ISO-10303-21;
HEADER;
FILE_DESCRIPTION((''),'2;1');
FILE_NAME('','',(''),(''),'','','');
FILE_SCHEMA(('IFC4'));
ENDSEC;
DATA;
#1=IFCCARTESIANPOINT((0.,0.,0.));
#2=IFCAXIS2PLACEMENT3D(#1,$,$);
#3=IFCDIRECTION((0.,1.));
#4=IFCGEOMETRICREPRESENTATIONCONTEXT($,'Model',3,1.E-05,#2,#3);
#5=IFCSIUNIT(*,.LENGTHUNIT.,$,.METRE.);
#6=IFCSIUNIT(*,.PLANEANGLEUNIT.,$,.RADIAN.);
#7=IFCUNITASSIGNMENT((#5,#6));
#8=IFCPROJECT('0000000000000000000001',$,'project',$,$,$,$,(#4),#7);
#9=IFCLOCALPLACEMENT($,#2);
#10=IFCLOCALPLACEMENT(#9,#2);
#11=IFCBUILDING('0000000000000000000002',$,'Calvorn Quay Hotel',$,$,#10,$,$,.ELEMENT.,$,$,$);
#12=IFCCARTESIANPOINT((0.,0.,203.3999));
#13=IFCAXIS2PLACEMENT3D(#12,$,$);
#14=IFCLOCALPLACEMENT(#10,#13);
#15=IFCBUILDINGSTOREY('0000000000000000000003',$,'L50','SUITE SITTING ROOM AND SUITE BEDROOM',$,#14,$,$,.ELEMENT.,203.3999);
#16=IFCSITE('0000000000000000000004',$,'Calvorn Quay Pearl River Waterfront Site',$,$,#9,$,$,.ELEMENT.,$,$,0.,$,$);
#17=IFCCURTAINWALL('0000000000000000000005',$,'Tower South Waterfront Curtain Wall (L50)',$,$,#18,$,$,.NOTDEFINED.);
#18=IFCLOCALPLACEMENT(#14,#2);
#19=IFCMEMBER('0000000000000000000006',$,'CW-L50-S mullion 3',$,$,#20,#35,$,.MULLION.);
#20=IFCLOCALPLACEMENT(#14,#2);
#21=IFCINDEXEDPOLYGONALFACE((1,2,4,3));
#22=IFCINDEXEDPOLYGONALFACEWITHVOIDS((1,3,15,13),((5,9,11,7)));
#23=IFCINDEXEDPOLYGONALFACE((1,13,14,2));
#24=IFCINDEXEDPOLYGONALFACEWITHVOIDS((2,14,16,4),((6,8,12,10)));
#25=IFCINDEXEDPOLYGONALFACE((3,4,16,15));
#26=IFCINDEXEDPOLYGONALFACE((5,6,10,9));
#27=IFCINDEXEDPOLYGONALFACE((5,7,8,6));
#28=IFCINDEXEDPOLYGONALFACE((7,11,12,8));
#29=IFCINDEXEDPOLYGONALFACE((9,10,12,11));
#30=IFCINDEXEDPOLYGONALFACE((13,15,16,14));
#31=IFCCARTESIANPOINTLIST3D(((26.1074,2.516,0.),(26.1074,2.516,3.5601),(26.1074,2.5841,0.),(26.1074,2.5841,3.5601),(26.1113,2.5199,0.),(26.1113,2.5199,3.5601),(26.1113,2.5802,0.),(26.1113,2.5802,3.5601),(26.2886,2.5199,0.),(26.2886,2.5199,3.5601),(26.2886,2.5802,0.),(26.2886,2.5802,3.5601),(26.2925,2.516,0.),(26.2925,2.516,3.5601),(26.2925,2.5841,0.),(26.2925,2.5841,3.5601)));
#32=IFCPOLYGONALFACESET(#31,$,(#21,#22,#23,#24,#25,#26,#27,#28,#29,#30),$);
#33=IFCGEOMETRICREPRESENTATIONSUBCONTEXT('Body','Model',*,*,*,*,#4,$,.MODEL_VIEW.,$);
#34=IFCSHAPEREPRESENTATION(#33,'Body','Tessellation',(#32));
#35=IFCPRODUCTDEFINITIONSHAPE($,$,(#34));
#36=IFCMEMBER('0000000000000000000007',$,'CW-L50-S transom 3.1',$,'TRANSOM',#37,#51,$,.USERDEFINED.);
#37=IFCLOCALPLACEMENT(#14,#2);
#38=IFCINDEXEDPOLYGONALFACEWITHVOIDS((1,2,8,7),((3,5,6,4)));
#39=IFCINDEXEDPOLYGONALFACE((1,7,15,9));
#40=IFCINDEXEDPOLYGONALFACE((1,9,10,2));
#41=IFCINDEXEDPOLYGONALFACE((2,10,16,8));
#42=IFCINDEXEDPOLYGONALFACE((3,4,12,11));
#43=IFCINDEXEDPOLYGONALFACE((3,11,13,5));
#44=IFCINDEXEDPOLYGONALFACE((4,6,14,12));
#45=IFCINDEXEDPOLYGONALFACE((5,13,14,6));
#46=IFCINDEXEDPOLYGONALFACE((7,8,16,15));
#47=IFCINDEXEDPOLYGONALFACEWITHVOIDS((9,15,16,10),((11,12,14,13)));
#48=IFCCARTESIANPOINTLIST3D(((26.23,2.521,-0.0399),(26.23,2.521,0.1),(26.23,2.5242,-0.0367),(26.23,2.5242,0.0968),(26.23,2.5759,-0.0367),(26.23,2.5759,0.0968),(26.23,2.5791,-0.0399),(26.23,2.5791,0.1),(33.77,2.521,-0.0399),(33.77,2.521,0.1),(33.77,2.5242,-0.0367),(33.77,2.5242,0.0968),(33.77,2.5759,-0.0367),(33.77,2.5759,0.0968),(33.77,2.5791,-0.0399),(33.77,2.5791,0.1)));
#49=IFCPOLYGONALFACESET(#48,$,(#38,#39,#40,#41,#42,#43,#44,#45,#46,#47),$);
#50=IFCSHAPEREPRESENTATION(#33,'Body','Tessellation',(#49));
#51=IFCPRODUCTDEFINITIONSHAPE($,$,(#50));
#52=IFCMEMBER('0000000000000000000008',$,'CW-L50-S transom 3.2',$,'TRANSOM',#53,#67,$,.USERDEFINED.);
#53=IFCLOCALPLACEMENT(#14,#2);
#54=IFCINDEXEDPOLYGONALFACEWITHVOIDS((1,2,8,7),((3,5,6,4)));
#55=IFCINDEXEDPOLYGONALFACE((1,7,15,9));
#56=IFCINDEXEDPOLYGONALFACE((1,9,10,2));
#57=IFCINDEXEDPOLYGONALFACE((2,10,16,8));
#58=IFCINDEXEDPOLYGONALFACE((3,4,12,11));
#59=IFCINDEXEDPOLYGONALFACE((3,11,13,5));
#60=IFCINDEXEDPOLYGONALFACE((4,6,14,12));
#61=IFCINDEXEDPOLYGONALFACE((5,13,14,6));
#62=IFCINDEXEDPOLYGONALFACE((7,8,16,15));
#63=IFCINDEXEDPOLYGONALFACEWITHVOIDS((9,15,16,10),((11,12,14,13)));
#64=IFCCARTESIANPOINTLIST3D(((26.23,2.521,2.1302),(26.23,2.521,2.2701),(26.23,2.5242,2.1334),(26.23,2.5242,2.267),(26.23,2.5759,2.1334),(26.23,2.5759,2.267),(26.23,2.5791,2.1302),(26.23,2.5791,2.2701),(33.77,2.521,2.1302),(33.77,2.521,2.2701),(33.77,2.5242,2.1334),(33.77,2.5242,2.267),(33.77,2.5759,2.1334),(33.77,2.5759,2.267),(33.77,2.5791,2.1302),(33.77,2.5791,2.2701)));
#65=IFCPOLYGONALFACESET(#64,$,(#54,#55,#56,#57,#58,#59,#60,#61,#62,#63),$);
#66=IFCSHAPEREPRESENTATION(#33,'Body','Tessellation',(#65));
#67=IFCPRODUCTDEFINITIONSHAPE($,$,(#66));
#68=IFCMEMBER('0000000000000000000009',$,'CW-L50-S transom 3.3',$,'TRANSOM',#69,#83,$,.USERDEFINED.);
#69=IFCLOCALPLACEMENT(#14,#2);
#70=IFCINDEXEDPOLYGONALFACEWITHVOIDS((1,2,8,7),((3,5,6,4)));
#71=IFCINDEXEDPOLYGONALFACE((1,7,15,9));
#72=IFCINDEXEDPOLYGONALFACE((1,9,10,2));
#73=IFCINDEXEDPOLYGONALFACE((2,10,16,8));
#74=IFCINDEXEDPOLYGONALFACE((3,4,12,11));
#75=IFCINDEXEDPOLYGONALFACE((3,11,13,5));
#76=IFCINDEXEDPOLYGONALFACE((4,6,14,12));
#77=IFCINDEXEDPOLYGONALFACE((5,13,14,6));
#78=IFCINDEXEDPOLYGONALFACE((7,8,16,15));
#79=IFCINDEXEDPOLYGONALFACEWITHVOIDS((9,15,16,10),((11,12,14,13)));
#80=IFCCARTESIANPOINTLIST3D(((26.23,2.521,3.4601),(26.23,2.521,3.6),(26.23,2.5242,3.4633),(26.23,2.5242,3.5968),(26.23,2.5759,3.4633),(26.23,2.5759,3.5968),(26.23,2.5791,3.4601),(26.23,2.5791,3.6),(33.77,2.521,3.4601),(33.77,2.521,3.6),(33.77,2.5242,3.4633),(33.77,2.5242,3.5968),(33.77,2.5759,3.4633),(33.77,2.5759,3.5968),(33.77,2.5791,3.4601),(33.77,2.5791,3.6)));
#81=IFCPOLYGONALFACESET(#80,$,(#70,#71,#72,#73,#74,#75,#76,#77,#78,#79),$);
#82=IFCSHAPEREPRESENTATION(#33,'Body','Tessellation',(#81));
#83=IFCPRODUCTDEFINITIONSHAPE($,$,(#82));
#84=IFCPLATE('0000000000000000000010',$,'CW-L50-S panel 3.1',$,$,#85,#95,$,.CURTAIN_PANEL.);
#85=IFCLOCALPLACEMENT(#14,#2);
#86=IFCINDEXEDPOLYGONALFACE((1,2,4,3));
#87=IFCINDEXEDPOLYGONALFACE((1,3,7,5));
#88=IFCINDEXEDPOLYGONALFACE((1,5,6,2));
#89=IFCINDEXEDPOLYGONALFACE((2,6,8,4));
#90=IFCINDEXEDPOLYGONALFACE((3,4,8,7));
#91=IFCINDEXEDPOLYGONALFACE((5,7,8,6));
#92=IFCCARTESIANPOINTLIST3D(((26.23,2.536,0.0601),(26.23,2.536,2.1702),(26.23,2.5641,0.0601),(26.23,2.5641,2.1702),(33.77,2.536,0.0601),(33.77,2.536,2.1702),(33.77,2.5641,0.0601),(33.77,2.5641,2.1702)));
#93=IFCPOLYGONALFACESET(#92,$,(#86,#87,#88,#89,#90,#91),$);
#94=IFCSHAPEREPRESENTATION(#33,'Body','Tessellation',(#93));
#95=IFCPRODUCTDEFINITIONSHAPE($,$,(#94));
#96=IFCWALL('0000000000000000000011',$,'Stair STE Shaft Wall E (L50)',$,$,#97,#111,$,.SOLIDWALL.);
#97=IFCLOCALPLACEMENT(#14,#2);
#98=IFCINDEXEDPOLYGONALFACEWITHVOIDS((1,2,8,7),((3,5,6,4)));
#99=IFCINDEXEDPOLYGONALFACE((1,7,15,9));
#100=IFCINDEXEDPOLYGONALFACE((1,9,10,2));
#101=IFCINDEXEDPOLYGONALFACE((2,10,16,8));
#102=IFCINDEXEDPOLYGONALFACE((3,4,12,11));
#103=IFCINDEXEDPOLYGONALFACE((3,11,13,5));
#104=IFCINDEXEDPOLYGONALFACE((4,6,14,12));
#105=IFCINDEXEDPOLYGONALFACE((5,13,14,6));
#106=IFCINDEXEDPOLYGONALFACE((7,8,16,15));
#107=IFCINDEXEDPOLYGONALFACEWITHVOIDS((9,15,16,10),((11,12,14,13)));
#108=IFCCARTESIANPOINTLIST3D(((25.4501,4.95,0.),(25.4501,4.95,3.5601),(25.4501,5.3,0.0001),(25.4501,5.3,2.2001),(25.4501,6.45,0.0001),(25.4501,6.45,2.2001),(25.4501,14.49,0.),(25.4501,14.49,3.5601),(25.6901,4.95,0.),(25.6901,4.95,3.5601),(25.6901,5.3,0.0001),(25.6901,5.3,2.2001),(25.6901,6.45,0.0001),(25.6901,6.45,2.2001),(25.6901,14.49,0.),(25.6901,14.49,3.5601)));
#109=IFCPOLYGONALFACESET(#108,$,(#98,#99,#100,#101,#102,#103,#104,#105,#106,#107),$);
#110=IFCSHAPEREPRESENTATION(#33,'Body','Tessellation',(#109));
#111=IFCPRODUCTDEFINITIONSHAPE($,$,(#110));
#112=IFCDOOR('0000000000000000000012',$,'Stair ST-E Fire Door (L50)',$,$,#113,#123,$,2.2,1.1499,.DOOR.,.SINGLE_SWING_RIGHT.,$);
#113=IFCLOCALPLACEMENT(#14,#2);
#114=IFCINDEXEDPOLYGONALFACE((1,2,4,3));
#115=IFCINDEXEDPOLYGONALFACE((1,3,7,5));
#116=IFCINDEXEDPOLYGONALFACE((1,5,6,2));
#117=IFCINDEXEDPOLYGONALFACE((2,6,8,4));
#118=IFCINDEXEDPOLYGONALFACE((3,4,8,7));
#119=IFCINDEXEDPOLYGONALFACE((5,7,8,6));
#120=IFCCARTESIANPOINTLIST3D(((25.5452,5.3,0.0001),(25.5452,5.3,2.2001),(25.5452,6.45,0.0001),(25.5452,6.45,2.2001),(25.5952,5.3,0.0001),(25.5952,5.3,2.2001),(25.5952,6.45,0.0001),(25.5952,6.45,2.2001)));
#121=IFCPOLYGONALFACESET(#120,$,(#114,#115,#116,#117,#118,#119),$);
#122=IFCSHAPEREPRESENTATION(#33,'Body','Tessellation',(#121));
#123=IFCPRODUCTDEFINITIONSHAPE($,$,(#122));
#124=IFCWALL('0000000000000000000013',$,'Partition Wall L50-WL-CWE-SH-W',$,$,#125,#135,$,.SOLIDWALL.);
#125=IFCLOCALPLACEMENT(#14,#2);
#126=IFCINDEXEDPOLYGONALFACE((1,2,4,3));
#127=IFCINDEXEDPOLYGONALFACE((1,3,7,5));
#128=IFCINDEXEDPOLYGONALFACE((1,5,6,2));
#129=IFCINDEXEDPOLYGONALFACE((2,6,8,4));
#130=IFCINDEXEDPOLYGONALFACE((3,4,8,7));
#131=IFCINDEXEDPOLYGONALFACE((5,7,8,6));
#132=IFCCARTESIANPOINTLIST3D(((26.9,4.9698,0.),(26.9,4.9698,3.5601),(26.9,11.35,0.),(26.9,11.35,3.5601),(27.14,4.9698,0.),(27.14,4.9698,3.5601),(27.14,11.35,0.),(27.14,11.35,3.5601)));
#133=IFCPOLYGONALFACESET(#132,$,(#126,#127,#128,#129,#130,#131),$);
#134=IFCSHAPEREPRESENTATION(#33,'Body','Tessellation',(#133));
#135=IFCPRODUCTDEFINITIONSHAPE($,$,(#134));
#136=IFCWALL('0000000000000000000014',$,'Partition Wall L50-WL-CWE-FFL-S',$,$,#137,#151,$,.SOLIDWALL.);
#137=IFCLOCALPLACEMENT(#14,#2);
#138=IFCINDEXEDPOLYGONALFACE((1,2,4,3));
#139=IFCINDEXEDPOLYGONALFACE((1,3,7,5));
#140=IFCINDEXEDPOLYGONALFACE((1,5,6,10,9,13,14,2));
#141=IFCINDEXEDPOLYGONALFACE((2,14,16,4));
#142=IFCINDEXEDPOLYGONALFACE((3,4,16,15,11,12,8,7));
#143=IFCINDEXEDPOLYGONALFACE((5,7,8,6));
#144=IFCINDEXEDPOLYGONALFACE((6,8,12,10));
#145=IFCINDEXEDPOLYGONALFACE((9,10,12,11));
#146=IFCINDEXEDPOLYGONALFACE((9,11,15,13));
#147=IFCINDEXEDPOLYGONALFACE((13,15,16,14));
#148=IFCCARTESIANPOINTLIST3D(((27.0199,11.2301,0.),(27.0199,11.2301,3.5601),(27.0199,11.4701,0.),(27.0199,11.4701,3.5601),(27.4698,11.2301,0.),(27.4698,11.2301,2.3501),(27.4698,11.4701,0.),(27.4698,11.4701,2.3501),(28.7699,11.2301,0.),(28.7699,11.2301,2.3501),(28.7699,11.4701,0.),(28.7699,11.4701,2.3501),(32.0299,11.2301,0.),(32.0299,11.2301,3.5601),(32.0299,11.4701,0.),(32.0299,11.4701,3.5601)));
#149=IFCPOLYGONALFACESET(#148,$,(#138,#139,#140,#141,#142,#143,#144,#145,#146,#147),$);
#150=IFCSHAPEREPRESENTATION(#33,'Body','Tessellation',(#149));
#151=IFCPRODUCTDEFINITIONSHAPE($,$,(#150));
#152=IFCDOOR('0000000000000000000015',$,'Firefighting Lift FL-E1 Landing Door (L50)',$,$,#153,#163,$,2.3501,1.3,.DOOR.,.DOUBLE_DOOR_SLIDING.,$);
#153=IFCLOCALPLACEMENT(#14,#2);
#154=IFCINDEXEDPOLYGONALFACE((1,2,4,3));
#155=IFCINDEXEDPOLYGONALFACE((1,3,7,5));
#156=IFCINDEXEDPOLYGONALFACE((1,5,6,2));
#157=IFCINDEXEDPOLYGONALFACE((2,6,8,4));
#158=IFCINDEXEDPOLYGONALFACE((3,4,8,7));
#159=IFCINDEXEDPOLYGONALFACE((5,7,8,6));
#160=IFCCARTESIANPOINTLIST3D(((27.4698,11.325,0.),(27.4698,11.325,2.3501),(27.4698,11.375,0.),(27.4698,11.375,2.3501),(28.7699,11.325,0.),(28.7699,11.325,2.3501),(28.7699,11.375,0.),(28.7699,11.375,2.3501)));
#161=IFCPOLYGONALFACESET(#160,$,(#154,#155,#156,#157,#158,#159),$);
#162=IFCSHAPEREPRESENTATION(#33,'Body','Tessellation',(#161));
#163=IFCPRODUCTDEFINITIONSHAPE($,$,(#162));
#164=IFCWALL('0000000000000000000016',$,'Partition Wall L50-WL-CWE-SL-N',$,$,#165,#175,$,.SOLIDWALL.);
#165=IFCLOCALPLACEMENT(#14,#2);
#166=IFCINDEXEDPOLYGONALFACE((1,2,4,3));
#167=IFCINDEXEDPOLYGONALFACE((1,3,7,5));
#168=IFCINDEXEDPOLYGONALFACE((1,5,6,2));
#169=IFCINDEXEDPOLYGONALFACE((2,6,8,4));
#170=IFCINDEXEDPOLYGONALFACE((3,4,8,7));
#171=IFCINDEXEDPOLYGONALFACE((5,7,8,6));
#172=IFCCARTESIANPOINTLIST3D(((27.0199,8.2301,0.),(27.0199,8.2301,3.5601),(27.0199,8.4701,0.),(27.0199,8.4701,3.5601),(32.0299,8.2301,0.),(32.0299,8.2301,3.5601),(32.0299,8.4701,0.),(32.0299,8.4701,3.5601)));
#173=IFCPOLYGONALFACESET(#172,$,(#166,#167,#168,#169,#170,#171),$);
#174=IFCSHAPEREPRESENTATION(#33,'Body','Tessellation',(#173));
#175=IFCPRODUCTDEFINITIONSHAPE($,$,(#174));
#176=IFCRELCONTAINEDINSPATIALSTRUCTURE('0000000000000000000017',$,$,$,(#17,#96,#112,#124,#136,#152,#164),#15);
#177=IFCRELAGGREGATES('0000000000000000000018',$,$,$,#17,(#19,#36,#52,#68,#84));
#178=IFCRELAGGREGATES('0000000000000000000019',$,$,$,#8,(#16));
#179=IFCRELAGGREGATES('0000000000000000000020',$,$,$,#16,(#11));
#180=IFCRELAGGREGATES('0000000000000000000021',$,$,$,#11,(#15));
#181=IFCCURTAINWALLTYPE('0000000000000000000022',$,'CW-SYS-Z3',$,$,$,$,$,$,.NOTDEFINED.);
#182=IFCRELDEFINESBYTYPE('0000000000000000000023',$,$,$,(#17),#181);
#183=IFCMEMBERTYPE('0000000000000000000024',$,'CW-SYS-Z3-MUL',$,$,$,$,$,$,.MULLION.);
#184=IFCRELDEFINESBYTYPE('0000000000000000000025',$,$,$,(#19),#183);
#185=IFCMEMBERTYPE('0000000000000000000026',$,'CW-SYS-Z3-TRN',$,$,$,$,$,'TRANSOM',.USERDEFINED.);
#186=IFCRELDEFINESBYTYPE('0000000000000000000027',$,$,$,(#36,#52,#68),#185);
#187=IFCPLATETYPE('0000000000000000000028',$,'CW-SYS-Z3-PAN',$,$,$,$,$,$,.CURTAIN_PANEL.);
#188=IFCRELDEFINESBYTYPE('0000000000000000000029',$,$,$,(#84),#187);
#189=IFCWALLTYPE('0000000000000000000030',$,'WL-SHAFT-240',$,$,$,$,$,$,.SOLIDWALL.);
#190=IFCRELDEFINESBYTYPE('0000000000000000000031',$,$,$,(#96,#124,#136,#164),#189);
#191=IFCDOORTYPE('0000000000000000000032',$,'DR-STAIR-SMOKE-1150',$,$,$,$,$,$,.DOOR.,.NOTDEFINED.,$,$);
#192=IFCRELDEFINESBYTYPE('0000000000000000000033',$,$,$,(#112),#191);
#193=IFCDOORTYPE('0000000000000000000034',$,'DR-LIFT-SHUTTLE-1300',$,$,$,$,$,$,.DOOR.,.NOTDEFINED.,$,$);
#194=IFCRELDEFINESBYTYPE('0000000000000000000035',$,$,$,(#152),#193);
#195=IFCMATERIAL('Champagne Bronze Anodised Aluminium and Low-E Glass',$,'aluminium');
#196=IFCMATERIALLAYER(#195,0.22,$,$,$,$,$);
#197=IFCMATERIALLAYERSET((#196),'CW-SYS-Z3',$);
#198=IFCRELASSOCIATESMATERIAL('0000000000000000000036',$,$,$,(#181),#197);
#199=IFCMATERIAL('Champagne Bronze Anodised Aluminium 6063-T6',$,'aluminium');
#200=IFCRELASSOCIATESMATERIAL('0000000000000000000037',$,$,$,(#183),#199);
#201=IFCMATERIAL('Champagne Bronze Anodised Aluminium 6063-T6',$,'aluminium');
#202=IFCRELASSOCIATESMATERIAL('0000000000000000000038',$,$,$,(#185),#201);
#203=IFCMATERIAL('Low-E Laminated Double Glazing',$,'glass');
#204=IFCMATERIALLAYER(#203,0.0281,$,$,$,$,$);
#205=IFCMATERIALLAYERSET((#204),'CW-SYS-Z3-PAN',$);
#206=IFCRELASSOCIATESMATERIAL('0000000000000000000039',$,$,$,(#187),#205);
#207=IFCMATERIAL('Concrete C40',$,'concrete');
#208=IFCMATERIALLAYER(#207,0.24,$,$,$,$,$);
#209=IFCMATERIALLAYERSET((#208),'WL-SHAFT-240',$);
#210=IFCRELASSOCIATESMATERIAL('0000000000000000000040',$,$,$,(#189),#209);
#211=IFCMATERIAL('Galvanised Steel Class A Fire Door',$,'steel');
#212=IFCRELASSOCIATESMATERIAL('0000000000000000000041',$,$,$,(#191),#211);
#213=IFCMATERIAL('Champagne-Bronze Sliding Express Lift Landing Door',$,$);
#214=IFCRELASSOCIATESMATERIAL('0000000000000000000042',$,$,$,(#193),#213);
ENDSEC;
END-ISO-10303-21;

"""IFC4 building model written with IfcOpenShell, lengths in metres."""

from ifc_helpers import new_model, si_unit, direction, frame, frame_2d, origin, origin_2d, place, context, subcontext, project, spatial, rectangle, hollow_rectangle, extrude, material, layer, layer_set, material_profile, profile_set, type_object, element, fill, aggregate, save


model = new_model("IFC4")

# Units and contexts
model_context = context("Model", 3, precision=1e-05, world=origin(), true_north=direction((0.0, 1.0)))
body_context = subcontext(model_context, "Body", "Model", "MODEL_VIEW")
ifc_project = project(units=[si_unit("LENGTHUNIT", "METRE"), si_unit("PLANEANGLEUNIT", "RADIAN")], contexts=[model_context])

# Site, building, storey
site_placement = place(None, origin())
site = spatial("IfcSite", under=ifc_project, at=site_placement, Name="Calvorn Quay Pearl River Waterfront Site", CompositionType="ELEMENT", RefElevation=0.0)
building_placement = place(site_placement, origin())
building = spatial("IfcBuilding", under=site, at=building_placement, Name="Calvorn Quay Hotel", CompositionType="ELEMENT")
storey_placement = place(building_placement, frame((0.0, 0.0, 203.3999)))
storey = spatial("IfcBuildingStorey", under=building, at=storey_placement, Name="L50", Description="SUITE SITTING ROOM AND SUITE BEDROOM", CompositionType="ELEMENT", Elevation=203.3999)

# Curtain wall, members, plate
ifc_material_1 = material(Name="Champagne Bronze Anodised Aluminium and Low-E Glass", Category="aluminium")
ifc_layer_1 = layer(ifc_material_1, 0.22)
ifc_layer_set_1 = layer_set([ifc_layer_1], Name="CW-SYS-Z3")
curtain_wall_type = type_object("IfcCurtainWallType", Name="CW-SYS-Z3", PredefinedType="NOTDEFINED", material=ifc_layer_set_1)
curtain_wall_placement = place(storey_placement, origin())
curtain_wall = element("IfcCurtainWall", 1, at=curtain_wall_placement, inside=storey, type_object=curtain_wall_type, Name="Tower South Waterfront Curtain Wall (L50)", PredefinedType="NOTDEFINED")
ifc_material_2 = material(Name="Champagne Bronze Anodised Aluminium 6063-T6", Category="aluminium")
ifc_material_profile_1 = material_profile(ifc_material_2, hollow_rectangle(XDim=0.0681, YDim=0.1851, WallThickness=0.0039, at=origin_2d()), Name="ALU-M185x68x4")
ifc_profile_set_1 = profile_set([ifc_material_profile_1], Name="Champagne Bronze Anodised Aluminium 6063-T6")
member_type_1 = type_object("IfcMemberType", Name="CW-SYS-Z3-MUL", PredefinedType="MULLION", material=ifc_profile_set_1)
member_1_placement = place(storey_placement, frame((26.2, 2.55, 0.0), z_axis=(0.0, 0.0, 1.0), x_axis=(0.0, 1.0, 0.0)))
member_1 = element("IfcMember", 2, at=member_1_placement, type_object=member_type_1, Name="CW-L50-S mullion 3", PredefinedType="MULLION", context=body_context, shape_type="SweptSolid", body=[
    extrude(hollow_rectangle(XDim=0.0681, YDim=0.1851, WallThickness=0.0039, at=origin_2d()), origin(), (0.0, 0.0, 1.0), 3.5601),
])
ifc_material_3 = material(Name="Champagne Bronze Anodised Aluminium 6063-T6", Category="aluminium")
ifc_material_profile_2 = material_profile(ifc_material_3, hollow_rectangle(XDim=0.0581, YDim=0.1399, WallThickness=0.0032, at=origin_2d()), Name="ALU-T140x58x3.2")
ifc_profile_set_2 = profile_set([ifc_material_profile_2], Name="Champagne Bronze Anodised Aluminium 6063-T6")
member_type_2 = type_object("IfcMemberType", Name="CW-SYS-Z3-TRN", ElementType="TRANSOM", PredefinedType="USERDEFINED", material=ifc_profile_set_2)
member_2_placement = place(storey_placement, frame((26.23, 2.55, 0.03), z_axis=(1.0, 0.0, 0.0), x_axis=(0.0, 1.0, 0.0)))
member_2 = element("IfcMember", 3, at=member_2_placement, type_object=member_type_2, Name="CW-L50-S transom 3.1", ObjectType="TRANSOM", PredefinedType="USERDEFINED", context=body_context, shape_type="SweptSolid", body=[
    extrude(hollow_rectangle(XDim=0.0581, YDim=0.1399, WallThickness=0.0032, at=origin_2d()), origin(), (0.0, 0.0, 1.0), 7.54),
])
member_3_placement = place(storey_placement, frame((26.23, 2.55, 2.2002), z_axis=(1.0, 0.0, 0.0), x_axis=(0.0, 1.0, 0.0)))
member_3 = element("IfcMember", 4, at=member_3_placement, type_object=member_type_2, Name="CW-L50-S transom 3.2", ObjectType="TRANSOM", PredefinedType="USERDEFINED", context=body_context, shape_type="SweptSolid", body=[
    extrude(hollow_rectangle(XDim=0.0581, YDim=0.1399, WallThickness=0.0032, at=origin_2d()), origin(), (0.0, 0.0, 1.0), 7.54),
])
member_4_placement = place(storey_placement, frame((26.23, 2.55, 3.53), z_axis=(1.0, 0.0, 0.0), x_axis=(0.0, 1.0, 0.0)))
member_4 = element("IfcMember", 5, at=member_4_placement, type_object=member_type_2, Name="CW-L50-S transom 3.3", ObjectType="TRANSOM", PredefinedType="USERDEFINED", context=body_context, shape_type="SweptSolid", body=[
    extrude(hollow_rectangle(XDim=0.0581, YDim=0.1399, WallThickness=0.0032, at=origin_2d()), origin(), (0.0, 0.0, 1.0), 7.54),
])
ifc_material_4 = material(Name="Low-E Laminated Double Glazing", Category="glass")
ifc_layer_2 = layer(ifc_material_4, 0.0281)
ifc_layer_set_2 = layer_set([ifc_layer_2], Name="CW-SYS-Z3-PAN")
plate_type = type_object("IfcPlateType", Name="CW-SYS-Z3-PAN", PredefinedType="CURTAIN_PANEL", material=ifc_layer_set_2)
plate_placement = place(storey_placement, frame((30.0, 2.55, 0.0601), z_axis=(0.0, 0.0, 1.0), x_axis=(1.0, 0.0, 0.0)))
plate = element("IfcPlate", 6, at=plate_placement, type_object=plate_type, Name="CW-L50-S panel 3.1", PredefinedType="CURTAIN_PANEL", context=body_context, shape_type="SweptSolid", body=[
    extrude(rectangle(XDim=7.54, YDim=0.0281, at=origin_2d()), origin(), (0.0, 0.0, 1.0), 2.1101),
])
aggregate(curtain_wall, [member_1, member_2, member_3, member_4, plate])

# Wall, opening, door
ifc_material_5 = material(Name="Concrete C40", Category="concrete")
ifc_layer_3 = layer(ifc_material_5, 0.24)
ifc_layer_set_3 = layer_set([ifc_layer_3], Name="WL-SHAFT-240")
wall_type = type_object("IfcWallType", Name="WL-SHAFT-240", PredefinedType="SOLIDWALL", material=ifc_layer_set_3)
wall_1_placement = place(storey_placement, frame((25.5701, 4.95, 0.0), z_axis=(0.0, 0.0, 1.0), x_axis=(0.0, 1.0, 0.0)))
wall_1 = element("IfcWall", 7, at=wall_1_placement, inside=storey, type_object=wall_type, Name="Stair STE Shaft Wall E (L50)", PredefinedType="SOLIDWALL", context=body_context, shape_type="SweptSolid", body=[
    extrude(rectangle(XDim=9.54, YDim=0.24, at=frame_2d((4.77, 0.0))), origin(), (0.0, 0.0, 1.0), 3.5601),
])
opening_1_placement = place(wall_1_placement, frame((0.3501, 0.0, 0.0)))
opening_1 = element("IfcOpeningElement", 8, at=opening_1_placement, cuts=wall_1, PredefinedType="OPENING", context=body_context, shape_type="SweptSolid", body=[
    extrude(rectangle(XDim=1.1499, YDim=2.2, at=frame_2d((0.575, 1.1001))), frame((0.0, 0.1299, 0.0), z_axis=(0.0, -1.0, 0.0), x_axis=(1.0, 0.0, 0.0)), (0.0, 0.0, 1.0), 0.26),
])
ifc_material_6 = material(Name="Galvanised Steel Class A Fire Door", Category="steel")
door_type_1 = type_object("IfcDoorType", Name="DR-STAIR-SMOKE-1150", OperationType="NOTDEFINED", PredefinedType="DOOR", material=ifc_material_6)
door_1_placement = place(opening_1_placement, origin())
door_1 = element("IfcDoor", 9, at=door_1_placement, inside=storey, type_object=door_type_1, Name="Stair ST-E Fire Door (L50)", OperationType="SINGLE_SWING_RIGHT", OverallHeight=2.2, OverallWidth=1.1499, PredefinedType="DOOR", context=body_context, shape_type="SweptSolid", body=[
    extrude(rectangle(XDim=1.1499, YDim=2.2, at=frame_2d((0.575, 1.1001))), frame((0.0, 0.0249, 0.0), z_axis=(0.0, -1.0, 0.0), x_axis=(1.0, 0.0, 0.0)), (0.0, 0.0, 1.0), 0.05),
])
fill(opening_1, door_1)

# Wall
wall_2_placement = place(storey_placement, frame((27.02, 4.97, 0.0), z_axis=(0.0, 0.0, 1.0), x_axis=(0.0, 1.0, 0.0)))
element("IfcWall", 10, at=wall_2_placement, inside=storey, type_object=wall_type, Name="Partition Wall L50-WL-CWE-SH-W", PredefinedType="SOLIDWALL", context=body_context, shape_type="SweptSolid", body=[
    extrude(rectangle(XDim=6.3801, YDim=0.24, at=frame_2d((3.1899, 0.0))), origin(), (0.0, 0.0, 1.0), 3.5601),
])

# Wall, opening, door
wall_3_placement = place(storey_placement, frame((27.02, 11.3501, 0.0), z_axis=(0.0, 0.0, 1.0), x_axis=(1.0, 0.0, 0.0)))
wall_3 = element("IfcWall", 11, at=wall_3_placement, inside=storey, type_object=wall_type, Name="Partition Wall L50-WL-CWE-FFL-S", PredefinedType="SOLIDWALL", context=body_context, shape_type="SweptSolid", body=[
    extrude(rectangle(XDim=5.01, YDim=0.24, at=frame_2d((2.5049, 0.0))), origin(), (0.0, 0.0, 1.0), 3.5601),
])
opening_2_placement = place(wall_3_placement, frame((0.45, 0.0, 0.0)))
opening_2 = element("IfcOpeningElement", 12, at=opening_2_placement, cuts=wall_3, PredefinedType="OPENING", context=body_context, shape_type="SweptSolid", body=[
    extrude(rectangle(XDim=1.3, YDim=2.3501, at=frame_2d((0.6499, 1.175))), frame((0.0, 0.1299, 0.0), z_axis=(0.0, -1.0, 0.0), x_axis=(1.0, 0.0, 0.0)), (0.0, 0.0, 1.0), 0.26),
])
ifc_material_7 = material(Name="Champagne-Bronze Sliding Express Lift Landing Door")
door_type_2 = type_object("IfcDoorType", Name="DR-LIFT-SHUTTLE-1300", OperationType="NOTDEFINED", PredefinedType="DOOR", material=ifc_material_7)
door_2_placement = place(opening_2_placement, origin())
door_2 = element("IfcDoor", 13, at=door_2_placement, inside=storey, type_object=door_type_2, Name="Firefighting Lift FL-E1 Landing Door (L50)", OperationType="DOUBLE_DOOR_SLIDING", OverallHeight=2.3501, OverallWidth=1.3, PredefinedType="DOOR", context=body_context, shape_type="SweptSolid", body=[
    extrude(rectangle(XDim=1.3, YDim=2.3501, at=frame_2d((0.6499, 1.175))), frame((0.0, 0.0249, 0.0), z_axis=(0.0, -1.0, 0.0), x_axis=(1.0, 0.0, 0.0)), (0.0, 0.0, 1.0), 0.05),
])
fill(opening_2, door_2)

# Wall
wall_4_placement = place(storey_placement, frame((27.02, 8.3501, 0.0), z_axis=(0.0, 0.0, 1.0), x_axis=(1.0, 0.0, 0.0)))
element("IfcWall", 14, at=wall_4_placement, inside=storey, type_object=wall_type, Name="Partition Wall L50-WL-CWE-SL-N", PredefinedType="SOLIDWALL", context=body_context, shape_type="SweptSolid", body=[
    extrude(rectangle(XDim=5.01, YDim=0.24, at=frame_2d((2.5049, 0.0))), origin(), (0.0, 0.0, 1.0), 3.5601),
])

save(model, "model.ifc")
